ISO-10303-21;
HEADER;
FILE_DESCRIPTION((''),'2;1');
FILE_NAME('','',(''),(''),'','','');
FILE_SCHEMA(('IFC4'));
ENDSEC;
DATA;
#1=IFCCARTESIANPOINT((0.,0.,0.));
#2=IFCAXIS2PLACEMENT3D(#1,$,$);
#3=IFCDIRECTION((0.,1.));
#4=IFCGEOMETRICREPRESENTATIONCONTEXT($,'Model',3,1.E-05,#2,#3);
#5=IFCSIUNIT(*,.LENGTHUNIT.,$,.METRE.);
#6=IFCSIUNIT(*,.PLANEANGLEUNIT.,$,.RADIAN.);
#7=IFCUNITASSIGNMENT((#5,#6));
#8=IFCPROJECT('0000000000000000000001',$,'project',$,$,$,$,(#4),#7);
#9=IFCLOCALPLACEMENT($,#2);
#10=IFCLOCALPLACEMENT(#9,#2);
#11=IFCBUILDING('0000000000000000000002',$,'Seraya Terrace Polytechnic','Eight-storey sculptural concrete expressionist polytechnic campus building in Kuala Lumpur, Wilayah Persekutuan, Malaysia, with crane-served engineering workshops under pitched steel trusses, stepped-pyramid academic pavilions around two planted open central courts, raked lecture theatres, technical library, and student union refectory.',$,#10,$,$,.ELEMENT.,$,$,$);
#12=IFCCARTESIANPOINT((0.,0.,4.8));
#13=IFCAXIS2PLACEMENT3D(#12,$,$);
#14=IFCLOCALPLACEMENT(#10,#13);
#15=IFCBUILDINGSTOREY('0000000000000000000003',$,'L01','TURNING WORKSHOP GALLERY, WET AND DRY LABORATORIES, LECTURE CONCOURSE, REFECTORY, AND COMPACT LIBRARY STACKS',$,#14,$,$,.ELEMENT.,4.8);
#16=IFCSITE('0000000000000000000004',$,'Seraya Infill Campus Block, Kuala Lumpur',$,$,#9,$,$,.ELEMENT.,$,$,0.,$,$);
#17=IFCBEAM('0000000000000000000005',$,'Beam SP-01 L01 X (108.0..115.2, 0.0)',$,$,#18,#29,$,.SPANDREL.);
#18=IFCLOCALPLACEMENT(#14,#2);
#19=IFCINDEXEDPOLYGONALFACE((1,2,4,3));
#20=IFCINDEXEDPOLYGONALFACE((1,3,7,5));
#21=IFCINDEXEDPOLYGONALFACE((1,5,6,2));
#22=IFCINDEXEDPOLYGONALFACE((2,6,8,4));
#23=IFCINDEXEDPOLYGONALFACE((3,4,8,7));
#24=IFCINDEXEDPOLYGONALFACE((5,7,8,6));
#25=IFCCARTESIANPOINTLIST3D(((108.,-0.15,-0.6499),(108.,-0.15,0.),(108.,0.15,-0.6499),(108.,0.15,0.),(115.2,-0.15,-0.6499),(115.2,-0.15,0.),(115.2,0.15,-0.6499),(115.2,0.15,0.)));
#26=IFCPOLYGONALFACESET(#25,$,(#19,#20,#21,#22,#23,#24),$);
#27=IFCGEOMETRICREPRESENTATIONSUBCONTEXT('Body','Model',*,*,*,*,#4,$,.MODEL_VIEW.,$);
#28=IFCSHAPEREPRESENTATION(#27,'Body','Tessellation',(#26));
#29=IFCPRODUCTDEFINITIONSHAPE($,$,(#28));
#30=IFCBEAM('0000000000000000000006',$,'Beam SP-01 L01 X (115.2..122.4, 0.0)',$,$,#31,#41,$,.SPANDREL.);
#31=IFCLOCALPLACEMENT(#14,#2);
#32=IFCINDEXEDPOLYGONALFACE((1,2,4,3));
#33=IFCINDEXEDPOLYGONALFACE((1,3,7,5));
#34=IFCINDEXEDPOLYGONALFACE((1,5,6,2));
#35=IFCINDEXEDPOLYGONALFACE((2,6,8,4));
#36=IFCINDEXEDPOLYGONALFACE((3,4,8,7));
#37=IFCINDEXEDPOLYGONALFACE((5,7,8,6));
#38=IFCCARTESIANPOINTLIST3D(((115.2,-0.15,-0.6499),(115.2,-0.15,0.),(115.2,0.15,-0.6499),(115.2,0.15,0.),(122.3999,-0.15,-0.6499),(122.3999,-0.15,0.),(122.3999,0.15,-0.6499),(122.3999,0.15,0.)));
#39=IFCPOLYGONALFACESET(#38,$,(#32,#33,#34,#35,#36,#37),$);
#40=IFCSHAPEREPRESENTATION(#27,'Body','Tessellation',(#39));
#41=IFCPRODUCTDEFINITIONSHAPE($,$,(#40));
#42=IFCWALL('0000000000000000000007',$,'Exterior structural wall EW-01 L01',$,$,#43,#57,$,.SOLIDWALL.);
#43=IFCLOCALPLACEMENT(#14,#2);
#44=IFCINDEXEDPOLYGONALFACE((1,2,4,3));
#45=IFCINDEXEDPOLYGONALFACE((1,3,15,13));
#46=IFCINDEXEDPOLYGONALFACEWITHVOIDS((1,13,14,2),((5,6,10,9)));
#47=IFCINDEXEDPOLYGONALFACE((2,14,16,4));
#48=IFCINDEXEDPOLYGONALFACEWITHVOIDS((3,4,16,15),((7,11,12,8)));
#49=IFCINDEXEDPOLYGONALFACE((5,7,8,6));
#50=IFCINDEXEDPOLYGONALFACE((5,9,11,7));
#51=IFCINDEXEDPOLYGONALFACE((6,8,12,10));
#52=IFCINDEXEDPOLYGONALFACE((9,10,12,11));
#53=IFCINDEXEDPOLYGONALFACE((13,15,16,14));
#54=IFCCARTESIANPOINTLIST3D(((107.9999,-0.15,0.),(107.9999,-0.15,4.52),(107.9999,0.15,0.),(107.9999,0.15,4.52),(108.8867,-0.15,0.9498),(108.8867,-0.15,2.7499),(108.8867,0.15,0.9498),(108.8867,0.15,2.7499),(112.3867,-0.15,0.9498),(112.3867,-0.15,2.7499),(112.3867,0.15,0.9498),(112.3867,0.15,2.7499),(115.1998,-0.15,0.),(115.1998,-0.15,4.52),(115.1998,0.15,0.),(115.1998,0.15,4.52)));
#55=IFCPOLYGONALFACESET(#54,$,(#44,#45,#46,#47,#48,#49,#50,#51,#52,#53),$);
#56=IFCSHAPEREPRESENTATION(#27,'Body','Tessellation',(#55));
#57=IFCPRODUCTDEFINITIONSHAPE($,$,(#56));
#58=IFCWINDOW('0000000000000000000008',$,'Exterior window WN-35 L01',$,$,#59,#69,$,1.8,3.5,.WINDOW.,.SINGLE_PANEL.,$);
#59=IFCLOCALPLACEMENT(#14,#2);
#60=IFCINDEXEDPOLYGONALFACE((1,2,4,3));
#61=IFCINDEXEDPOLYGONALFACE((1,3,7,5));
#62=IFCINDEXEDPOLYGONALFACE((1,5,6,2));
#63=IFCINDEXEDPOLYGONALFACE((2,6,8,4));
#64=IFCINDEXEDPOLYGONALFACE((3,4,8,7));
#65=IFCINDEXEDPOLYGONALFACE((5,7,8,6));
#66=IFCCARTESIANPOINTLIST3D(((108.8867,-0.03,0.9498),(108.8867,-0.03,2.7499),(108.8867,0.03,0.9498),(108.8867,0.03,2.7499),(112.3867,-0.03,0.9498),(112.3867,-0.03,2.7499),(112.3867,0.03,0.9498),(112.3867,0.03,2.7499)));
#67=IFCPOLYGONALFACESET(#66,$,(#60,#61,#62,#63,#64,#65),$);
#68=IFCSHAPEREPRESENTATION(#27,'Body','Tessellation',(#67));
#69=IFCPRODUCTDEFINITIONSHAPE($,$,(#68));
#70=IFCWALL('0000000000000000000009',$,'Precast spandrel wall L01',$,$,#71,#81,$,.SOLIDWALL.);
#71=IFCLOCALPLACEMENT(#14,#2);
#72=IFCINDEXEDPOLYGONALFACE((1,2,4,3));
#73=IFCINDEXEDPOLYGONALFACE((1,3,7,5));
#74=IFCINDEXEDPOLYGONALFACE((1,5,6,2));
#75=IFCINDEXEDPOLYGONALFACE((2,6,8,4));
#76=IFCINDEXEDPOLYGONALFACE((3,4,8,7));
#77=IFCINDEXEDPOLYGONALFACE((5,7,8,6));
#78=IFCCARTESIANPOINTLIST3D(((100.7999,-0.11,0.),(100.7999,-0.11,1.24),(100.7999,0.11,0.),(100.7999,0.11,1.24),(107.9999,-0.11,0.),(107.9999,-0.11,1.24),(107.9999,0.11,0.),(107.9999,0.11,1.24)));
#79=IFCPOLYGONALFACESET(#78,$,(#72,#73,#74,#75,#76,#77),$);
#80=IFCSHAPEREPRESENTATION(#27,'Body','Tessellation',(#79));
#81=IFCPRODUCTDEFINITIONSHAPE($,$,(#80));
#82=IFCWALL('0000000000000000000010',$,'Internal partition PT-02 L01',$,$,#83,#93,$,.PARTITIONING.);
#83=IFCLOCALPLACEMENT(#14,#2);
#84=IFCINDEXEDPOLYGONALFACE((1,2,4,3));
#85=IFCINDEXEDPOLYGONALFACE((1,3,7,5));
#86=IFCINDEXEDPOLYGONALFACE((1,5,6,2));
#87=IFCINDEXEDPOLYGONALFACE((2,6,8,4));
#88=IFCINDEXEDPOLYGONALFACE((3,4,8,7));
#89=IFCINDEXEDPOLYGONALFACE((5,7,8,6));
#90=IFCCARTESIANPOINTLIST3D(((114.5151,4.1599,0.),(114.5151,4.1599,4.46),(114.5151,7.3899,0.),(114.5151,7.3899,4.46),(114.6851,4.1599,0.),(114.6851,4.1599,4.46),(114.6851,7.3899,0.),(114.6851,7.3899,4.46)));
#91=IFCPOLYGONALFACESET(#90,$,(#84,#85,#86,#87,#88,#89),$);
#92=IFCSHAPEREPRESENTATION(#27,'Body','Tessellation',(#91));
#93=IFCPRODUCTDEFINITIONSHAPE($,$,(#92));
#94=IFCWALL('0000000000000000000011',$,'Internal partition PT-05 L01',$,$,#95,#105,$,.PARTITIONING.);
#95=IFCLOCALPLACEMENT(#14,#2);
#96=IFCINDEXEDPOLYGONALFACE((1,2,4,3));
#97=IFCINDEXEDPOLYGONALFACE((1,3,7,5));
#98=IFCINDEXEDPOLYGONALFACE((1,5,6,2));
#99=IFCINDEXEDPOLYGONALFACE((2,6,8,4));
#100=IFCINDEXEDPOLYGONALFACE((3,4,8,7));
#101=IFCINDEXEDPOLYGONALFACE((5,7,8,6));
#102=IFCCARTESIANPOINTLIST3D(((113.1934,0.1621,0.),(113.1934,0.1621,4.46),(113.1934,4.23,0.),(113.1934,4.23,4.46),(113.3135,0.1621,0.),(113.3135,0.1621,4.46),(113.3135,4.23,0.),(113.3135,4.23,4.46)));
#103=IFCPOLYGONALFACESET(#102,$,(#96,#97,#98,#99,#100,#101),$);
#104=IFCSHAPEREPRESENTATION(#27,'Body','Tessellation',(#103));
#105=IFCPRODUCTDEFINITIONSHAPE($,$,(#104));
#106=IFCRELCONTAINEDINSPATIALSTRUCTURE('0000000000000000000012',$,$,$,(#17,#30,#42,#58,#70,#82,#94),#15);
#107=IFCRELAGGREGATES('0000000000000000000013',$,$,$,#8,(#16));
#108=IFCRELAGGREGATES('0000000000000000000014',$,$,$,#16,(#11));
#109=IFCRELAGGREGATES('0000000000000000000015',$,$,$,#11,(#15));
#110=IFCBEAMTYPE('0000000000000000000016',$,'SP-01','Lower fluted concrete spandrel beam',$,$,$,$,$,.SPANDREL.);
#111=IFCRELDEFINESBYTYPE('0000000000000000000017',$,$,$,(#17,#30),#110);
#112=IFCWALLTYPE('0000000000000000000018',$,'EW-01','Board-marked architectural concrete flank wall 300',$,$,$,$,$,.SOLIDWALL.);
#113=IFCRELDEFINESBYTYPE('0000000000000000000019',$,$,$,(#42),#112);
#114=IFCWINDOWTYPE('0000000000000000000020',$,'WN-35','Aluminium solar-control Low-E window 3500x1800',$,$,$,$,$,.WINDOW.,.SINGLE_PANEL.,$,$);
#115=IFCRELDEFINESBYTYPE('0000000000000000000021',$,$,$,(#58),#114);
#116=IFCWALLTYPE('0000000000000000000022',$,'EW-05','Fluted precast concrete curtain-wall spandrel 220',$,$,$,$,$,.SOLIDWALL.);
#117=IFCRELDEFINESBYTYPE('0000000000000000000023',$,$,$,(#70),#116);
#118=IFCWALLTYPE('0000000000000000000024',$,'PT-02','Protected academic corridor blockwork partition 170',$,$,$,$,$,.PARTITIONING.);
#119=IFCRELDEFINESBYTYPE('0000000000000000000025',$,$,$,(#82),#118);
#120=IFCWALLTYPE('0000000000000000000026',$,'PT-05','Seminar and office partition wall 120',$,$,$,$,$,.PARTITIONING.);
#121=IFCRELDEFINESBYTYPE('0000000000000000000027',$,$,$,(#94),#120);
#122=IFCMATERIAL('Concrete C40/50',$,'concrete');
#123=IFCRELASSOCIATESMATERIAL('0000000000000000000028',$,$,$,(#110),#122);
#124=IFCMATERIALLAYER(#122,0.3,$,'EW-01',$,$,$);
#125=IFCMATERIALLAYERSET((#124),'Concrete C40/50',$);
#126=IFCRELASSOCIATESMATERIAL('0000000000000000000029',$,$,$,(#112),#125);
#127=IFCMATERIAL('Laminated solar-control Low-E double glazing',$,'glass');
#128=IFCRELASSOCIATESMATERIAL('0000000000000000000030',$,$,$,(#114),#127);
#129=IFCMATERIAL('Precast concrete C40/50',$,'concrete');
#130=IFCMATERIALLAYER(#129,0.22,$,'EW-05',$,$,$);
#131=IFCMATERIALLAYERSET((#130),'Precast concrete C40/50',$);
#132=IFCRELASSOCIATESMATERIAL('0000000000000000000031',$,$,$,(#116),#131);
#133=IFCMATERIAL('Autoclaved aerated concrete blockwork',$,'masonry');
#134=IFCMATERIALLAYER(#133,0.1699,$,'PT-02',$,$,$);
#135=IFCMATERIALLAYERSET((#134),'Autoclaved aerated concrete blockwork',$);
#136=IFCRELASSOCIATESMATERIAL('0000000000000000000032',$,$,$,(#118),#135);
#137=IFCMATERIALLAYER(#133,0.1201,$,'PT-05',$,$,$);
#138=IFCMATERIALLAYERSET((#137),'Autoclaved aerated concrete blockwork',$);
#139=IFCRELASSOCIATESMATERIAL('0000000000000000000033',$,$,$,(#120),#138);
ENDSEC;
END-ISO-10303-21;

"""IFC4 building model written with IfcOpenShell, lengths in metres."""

from ifc_helpers import new_model, si_unit, direction, frame, frame_2d, origin, origin_2d, place, context, subcontext, project, spatial, rectangle, extrude, material, layer, layer_set, material_profile, profile_set, type_object, element, fill, save


model = new_model("IFC4")

# Units and contexts
model_context = context("Model", 3, precision=1e-05, world=origin(), true_north=direction((0.0, 1.0)))
body_context = subcontext(model_context, "Body", "Model", "MODEL_VIEW")
ifc_project = project(units=[si_unit("LENGTHUNIT", "METRE"), si_unit("PLANEANGLEUNIT", "RADIAN")], contexts=[model_context])

# Site, building, storey
site_placement = place(None, origin())
site = spatial("IfcSite", under=ifc_project, at=site_placement, Name="Seraya Infill Campus Block, Kuala Lumpur", CompositionType="ELEMENT", RefElevation=0.0)
building_placement = place(site_placement, origin())
building = spatial("IfcBuilding", under=site, at=building_placement, Name="Seraya Terrace Polytechnic", Description="Eight-storey sculptural concrete expressionist polytechnic campus building in Kuala Lumpur, Wilayah Persekutuan, Malaysia, with crane-served engineering workshops under pitched steel trusses, stepped-pyramid academic pavilions around two planted open central courts, raked lecture theatres, technical library, and student union refectory.", CompositionType="ELEMENT")
storey_placement = place(building_placement, frame((0.0, 0.0, 4.8)))
storey = spatial("IfcBuildingStorey", under=building, at=storey_placement, Name="L01", Description="TURNING WORKSHOP GALLERY, WET AND DRY LABORATORIES, LECTURE CONCOURSE, REFECTORY, AND COMPACT LIBRARY STACKS", CompositionType="ELEMENT", Elevation=4.8)

# Shared definitions
ifc_material_1 = material(Name="Concrete C40/50", Category="concrete")

# Beams
ifc_material_profile_1 = material_profile(ifc_material_1, rectangle(XDim=0.3, YDim=0.6499, at=origin_2d()), Name="RC 300x650")
ifc_profile_set_1 = profile_set([ifc_material_profile_1], Name="Concrete C40/50")
beam_type_1 = type_object("IfcBeamType", Name="SP-01", Description="Lower fluted concrete spandrel beam", PredefinedType="SPANDREL", material=ifc_profile_set_1)
for number, where, z_axis, x_axis, name in (
    (1, (108.0, 0.0, -0.325), (1.0, 0.0, 0.0), (0.0, 1.0, 0.0), "Beam SP-01 L01 X (108.0..115.2, 0.0)"),
    (2, (115.2, 0.0, -0.325), (1.0, 0.0, 0.0), (0.0, 1.0, 0.0), "Beam SP-01 L01 X (115.2..122.4, 0.0)"),
):
    element("IfcBeam", number, at=place(storey_placement, frame(where, z_axis=z_axis, x_axis=x_axis)), inside=storey, type_object=beam_type_1, Name=name, PredefinedType="SPANDREL", context=body_context, shape_type="SweptSolid", body=[
        extrude(rectangle(XDim=0.3, YDim=0.6499, at=origin_2d()), origin(), (0.0, 0.0, 1.0), 7.2),
    ])

# Wall, opening, window
ifc_layer_1 = layer(ifc_material_1, 0.3, Name="EW-01")
ifc_layer_set_1 = layer_set([ifc_layer_1], Name="Concrete C40/50")
wall_type_1 = type_object("IfcWallType", Name="EW-01", Description="Board-marked architectural concrete flank wall 300", PredefinedType="SOLIDWALL", material=ifc_layer_set_1)
wall_1_placement = place(storey_placement, frame((115.2, 0.0, 0.0), z_axis=(0.0, 0.0, 1.0), x_axis=(-1.0, 0.0, 0.0)))
wall_1 = element("IfcWall", 3, at=wall_1_placement, inside=storey, type_object=wall_type_1, Name="Exterior structural wall EW-01 L01", PredefinedType="SOLIDWALL", context=body_context, shape_type="SweptSolid", body=[
    extrude(rectangle(XDim=7.2, YDim=0.3, at=frame_2d((3.6001, 0.0))), origin(), (0.0, 0.0, 1.0), 4.52),
])
opening_placement = place(wall_1_placement, frame((2.8132, 0.0, 0.95)))
opening = element("IfcOpeningElement", 4, at=opening_placement, cuts=wall_1, PredefinedType="OPENING", context=body_context, shape_type="SweptSolid", body=[
    extrude(rectangle(XDim=3.5, YDim=1.8, at=frame_2d((1.75, 0.8999))), frame((0.0, 0.1621, 0.0), z_axis=(0.0, -1.0, 0.0), x_axis=(1.0, 0.0, 0.0)), (0.0, 0.0, 1.0), 0.324),
])
ifc_material_2 = material(Name="Laminated solar-control Low-E double glazing", Category="glass")
window_type = type_object("IfcWindowType", Name="WN-35", Description="Aluminium solar-control Low-E window 3500x1800", PartitioningType="SINGLE_PANEL", PredefinedType="WINDOW", material=ifc_material_2)
window_placement = place(opening_placement, origin())
window = element("IfcWindow", 5, at=window_placement, inside=storey, type_object=window_type, Name="Exterior window WN-35 L01", OverallHeight=1.8, OverallWidth=3.5, PartitioningType="SINGLE_PANEL", PredefinedType="WINDOW", context=body_context, shape_type="SweptSolid", body=[
    extrude(rectangle(XDim=3.5, YDim=1.8, at=frame_2d((1.75, 0.8999))), frame((0.0, 0.03, 0.0), z_axis=(0.0, -1.0, 0.0), x_axis=(1.0, 0.0, 0.0)), (0.0, 0.0, 1.0), 0.0601),
])
fill(opening, window)

# Walls
ifc_material_3 = material(Name="Precast concrete C40/50", Category="concrete")
ifc_layer_2 = layer(ifc_material_3, 0.22, Name="EW-05")
ifc_layer_set_2 = layer_set([ifc_layer_2], Name="Precast concrete C40/50")
wall_type_2 = type_object("IfcWallType", Name="EW-05", Description="Fluted precast concrete curtain-wall spandrel 220", PredefinedType="SOLIDWALL", material=ifc_layer_set_2)
wall_2_placement = place(storey_placement, frame((108.0, 0.0, 0.0), z_axis=(0.0, 0.0, 1.0), x_axis=(-1.0, 0.0, 0.0)))
element("IfcWall", 6, at=wall_2_placement, inside=storey, type_object=wall_type_2, Name="Precast spandrel wall L01", PredefinedType="SOLIDWALL", context=body_context, shape_type="SweptSolid", body=[
    extrude(rectangle(XDim=7.2, YDim=0.22, at=frame_2d((3.6001, 0.0))), origin(), (0.0, 0.0, 1.0), 1.24),
])
ifc_material_4 = material(Name="Autoclaved aerated concrete blockwork", Category="masonry")
ifc_layer_3 = layer(ifc_material_4, 0.1699, Name="PT-02")
ifc_layer_set_3 = layer_set([ifc_layer_3], Name="Autoclaved aerated concrete blockwork")
wall_type_3 = type_object("IfcWallType", Name="PT-02", Description="Protected academic corridor blockwork partition 170", PredefinedType="PARTITIONING", material=ifc_layer_set_3)
wall_3_placement = place(storey_placement, frame((114.6001, 4.1599, 0.0), z_axis=(0.0, 0.0, 1.0), x_axis=(0.0, 1.0, 0.0)))
element("IfcWall", 7, at=wall_3_placement, inside=storey, type_object=wall_type_3, Name="Internal partition PT-02 L01", PredefinedType="PARTITIONING", context=body_context, shape_type="SweptSolid", body=[
    extrude(rectangle(XDim=3.23, YDim=0.1699, at=frame_2d((1.615, 0.0))), origin(), (0.0, 0.0, 1.0), 4.46),
])
ifc_layer_4 = layer(ifc_material_4, 0.1201, Name="PT-05")
ifc_layer_set_4 = layer_set([ifc_layer_4], Name="Autoclaved aerated concrete blockwork")
wall_type_4 = type_object("IfcWallType", Name="PT-05", Description="Seminar and office partition wall 120", PredefinedType="PARTITIONING", material=ifc_layer_set_4)
wall_4_placement = place(storey_placement, frame((113.2534, 0.1621, 0.0), z_axis=(0.0, 0.0, 1.0), x_axis=(0.0, 1.0, 0.0)))
element("IfcWall", 8, at=wall_4_placement, inside=storey, type_object=wall_type_4, Name="Internal partition PT-05 L01", PredefinedType="PARTITIONING", context=body_context, shape_type="SweptSolid", body=[
    extrude(rectangle(XDim=4.0679, YDim=0.1201, at=frame_2d((2.0339, 0.0))), origin(), (0.0, 0.0, 1.0), 4.46),
])

save(model, "model.ifc")
